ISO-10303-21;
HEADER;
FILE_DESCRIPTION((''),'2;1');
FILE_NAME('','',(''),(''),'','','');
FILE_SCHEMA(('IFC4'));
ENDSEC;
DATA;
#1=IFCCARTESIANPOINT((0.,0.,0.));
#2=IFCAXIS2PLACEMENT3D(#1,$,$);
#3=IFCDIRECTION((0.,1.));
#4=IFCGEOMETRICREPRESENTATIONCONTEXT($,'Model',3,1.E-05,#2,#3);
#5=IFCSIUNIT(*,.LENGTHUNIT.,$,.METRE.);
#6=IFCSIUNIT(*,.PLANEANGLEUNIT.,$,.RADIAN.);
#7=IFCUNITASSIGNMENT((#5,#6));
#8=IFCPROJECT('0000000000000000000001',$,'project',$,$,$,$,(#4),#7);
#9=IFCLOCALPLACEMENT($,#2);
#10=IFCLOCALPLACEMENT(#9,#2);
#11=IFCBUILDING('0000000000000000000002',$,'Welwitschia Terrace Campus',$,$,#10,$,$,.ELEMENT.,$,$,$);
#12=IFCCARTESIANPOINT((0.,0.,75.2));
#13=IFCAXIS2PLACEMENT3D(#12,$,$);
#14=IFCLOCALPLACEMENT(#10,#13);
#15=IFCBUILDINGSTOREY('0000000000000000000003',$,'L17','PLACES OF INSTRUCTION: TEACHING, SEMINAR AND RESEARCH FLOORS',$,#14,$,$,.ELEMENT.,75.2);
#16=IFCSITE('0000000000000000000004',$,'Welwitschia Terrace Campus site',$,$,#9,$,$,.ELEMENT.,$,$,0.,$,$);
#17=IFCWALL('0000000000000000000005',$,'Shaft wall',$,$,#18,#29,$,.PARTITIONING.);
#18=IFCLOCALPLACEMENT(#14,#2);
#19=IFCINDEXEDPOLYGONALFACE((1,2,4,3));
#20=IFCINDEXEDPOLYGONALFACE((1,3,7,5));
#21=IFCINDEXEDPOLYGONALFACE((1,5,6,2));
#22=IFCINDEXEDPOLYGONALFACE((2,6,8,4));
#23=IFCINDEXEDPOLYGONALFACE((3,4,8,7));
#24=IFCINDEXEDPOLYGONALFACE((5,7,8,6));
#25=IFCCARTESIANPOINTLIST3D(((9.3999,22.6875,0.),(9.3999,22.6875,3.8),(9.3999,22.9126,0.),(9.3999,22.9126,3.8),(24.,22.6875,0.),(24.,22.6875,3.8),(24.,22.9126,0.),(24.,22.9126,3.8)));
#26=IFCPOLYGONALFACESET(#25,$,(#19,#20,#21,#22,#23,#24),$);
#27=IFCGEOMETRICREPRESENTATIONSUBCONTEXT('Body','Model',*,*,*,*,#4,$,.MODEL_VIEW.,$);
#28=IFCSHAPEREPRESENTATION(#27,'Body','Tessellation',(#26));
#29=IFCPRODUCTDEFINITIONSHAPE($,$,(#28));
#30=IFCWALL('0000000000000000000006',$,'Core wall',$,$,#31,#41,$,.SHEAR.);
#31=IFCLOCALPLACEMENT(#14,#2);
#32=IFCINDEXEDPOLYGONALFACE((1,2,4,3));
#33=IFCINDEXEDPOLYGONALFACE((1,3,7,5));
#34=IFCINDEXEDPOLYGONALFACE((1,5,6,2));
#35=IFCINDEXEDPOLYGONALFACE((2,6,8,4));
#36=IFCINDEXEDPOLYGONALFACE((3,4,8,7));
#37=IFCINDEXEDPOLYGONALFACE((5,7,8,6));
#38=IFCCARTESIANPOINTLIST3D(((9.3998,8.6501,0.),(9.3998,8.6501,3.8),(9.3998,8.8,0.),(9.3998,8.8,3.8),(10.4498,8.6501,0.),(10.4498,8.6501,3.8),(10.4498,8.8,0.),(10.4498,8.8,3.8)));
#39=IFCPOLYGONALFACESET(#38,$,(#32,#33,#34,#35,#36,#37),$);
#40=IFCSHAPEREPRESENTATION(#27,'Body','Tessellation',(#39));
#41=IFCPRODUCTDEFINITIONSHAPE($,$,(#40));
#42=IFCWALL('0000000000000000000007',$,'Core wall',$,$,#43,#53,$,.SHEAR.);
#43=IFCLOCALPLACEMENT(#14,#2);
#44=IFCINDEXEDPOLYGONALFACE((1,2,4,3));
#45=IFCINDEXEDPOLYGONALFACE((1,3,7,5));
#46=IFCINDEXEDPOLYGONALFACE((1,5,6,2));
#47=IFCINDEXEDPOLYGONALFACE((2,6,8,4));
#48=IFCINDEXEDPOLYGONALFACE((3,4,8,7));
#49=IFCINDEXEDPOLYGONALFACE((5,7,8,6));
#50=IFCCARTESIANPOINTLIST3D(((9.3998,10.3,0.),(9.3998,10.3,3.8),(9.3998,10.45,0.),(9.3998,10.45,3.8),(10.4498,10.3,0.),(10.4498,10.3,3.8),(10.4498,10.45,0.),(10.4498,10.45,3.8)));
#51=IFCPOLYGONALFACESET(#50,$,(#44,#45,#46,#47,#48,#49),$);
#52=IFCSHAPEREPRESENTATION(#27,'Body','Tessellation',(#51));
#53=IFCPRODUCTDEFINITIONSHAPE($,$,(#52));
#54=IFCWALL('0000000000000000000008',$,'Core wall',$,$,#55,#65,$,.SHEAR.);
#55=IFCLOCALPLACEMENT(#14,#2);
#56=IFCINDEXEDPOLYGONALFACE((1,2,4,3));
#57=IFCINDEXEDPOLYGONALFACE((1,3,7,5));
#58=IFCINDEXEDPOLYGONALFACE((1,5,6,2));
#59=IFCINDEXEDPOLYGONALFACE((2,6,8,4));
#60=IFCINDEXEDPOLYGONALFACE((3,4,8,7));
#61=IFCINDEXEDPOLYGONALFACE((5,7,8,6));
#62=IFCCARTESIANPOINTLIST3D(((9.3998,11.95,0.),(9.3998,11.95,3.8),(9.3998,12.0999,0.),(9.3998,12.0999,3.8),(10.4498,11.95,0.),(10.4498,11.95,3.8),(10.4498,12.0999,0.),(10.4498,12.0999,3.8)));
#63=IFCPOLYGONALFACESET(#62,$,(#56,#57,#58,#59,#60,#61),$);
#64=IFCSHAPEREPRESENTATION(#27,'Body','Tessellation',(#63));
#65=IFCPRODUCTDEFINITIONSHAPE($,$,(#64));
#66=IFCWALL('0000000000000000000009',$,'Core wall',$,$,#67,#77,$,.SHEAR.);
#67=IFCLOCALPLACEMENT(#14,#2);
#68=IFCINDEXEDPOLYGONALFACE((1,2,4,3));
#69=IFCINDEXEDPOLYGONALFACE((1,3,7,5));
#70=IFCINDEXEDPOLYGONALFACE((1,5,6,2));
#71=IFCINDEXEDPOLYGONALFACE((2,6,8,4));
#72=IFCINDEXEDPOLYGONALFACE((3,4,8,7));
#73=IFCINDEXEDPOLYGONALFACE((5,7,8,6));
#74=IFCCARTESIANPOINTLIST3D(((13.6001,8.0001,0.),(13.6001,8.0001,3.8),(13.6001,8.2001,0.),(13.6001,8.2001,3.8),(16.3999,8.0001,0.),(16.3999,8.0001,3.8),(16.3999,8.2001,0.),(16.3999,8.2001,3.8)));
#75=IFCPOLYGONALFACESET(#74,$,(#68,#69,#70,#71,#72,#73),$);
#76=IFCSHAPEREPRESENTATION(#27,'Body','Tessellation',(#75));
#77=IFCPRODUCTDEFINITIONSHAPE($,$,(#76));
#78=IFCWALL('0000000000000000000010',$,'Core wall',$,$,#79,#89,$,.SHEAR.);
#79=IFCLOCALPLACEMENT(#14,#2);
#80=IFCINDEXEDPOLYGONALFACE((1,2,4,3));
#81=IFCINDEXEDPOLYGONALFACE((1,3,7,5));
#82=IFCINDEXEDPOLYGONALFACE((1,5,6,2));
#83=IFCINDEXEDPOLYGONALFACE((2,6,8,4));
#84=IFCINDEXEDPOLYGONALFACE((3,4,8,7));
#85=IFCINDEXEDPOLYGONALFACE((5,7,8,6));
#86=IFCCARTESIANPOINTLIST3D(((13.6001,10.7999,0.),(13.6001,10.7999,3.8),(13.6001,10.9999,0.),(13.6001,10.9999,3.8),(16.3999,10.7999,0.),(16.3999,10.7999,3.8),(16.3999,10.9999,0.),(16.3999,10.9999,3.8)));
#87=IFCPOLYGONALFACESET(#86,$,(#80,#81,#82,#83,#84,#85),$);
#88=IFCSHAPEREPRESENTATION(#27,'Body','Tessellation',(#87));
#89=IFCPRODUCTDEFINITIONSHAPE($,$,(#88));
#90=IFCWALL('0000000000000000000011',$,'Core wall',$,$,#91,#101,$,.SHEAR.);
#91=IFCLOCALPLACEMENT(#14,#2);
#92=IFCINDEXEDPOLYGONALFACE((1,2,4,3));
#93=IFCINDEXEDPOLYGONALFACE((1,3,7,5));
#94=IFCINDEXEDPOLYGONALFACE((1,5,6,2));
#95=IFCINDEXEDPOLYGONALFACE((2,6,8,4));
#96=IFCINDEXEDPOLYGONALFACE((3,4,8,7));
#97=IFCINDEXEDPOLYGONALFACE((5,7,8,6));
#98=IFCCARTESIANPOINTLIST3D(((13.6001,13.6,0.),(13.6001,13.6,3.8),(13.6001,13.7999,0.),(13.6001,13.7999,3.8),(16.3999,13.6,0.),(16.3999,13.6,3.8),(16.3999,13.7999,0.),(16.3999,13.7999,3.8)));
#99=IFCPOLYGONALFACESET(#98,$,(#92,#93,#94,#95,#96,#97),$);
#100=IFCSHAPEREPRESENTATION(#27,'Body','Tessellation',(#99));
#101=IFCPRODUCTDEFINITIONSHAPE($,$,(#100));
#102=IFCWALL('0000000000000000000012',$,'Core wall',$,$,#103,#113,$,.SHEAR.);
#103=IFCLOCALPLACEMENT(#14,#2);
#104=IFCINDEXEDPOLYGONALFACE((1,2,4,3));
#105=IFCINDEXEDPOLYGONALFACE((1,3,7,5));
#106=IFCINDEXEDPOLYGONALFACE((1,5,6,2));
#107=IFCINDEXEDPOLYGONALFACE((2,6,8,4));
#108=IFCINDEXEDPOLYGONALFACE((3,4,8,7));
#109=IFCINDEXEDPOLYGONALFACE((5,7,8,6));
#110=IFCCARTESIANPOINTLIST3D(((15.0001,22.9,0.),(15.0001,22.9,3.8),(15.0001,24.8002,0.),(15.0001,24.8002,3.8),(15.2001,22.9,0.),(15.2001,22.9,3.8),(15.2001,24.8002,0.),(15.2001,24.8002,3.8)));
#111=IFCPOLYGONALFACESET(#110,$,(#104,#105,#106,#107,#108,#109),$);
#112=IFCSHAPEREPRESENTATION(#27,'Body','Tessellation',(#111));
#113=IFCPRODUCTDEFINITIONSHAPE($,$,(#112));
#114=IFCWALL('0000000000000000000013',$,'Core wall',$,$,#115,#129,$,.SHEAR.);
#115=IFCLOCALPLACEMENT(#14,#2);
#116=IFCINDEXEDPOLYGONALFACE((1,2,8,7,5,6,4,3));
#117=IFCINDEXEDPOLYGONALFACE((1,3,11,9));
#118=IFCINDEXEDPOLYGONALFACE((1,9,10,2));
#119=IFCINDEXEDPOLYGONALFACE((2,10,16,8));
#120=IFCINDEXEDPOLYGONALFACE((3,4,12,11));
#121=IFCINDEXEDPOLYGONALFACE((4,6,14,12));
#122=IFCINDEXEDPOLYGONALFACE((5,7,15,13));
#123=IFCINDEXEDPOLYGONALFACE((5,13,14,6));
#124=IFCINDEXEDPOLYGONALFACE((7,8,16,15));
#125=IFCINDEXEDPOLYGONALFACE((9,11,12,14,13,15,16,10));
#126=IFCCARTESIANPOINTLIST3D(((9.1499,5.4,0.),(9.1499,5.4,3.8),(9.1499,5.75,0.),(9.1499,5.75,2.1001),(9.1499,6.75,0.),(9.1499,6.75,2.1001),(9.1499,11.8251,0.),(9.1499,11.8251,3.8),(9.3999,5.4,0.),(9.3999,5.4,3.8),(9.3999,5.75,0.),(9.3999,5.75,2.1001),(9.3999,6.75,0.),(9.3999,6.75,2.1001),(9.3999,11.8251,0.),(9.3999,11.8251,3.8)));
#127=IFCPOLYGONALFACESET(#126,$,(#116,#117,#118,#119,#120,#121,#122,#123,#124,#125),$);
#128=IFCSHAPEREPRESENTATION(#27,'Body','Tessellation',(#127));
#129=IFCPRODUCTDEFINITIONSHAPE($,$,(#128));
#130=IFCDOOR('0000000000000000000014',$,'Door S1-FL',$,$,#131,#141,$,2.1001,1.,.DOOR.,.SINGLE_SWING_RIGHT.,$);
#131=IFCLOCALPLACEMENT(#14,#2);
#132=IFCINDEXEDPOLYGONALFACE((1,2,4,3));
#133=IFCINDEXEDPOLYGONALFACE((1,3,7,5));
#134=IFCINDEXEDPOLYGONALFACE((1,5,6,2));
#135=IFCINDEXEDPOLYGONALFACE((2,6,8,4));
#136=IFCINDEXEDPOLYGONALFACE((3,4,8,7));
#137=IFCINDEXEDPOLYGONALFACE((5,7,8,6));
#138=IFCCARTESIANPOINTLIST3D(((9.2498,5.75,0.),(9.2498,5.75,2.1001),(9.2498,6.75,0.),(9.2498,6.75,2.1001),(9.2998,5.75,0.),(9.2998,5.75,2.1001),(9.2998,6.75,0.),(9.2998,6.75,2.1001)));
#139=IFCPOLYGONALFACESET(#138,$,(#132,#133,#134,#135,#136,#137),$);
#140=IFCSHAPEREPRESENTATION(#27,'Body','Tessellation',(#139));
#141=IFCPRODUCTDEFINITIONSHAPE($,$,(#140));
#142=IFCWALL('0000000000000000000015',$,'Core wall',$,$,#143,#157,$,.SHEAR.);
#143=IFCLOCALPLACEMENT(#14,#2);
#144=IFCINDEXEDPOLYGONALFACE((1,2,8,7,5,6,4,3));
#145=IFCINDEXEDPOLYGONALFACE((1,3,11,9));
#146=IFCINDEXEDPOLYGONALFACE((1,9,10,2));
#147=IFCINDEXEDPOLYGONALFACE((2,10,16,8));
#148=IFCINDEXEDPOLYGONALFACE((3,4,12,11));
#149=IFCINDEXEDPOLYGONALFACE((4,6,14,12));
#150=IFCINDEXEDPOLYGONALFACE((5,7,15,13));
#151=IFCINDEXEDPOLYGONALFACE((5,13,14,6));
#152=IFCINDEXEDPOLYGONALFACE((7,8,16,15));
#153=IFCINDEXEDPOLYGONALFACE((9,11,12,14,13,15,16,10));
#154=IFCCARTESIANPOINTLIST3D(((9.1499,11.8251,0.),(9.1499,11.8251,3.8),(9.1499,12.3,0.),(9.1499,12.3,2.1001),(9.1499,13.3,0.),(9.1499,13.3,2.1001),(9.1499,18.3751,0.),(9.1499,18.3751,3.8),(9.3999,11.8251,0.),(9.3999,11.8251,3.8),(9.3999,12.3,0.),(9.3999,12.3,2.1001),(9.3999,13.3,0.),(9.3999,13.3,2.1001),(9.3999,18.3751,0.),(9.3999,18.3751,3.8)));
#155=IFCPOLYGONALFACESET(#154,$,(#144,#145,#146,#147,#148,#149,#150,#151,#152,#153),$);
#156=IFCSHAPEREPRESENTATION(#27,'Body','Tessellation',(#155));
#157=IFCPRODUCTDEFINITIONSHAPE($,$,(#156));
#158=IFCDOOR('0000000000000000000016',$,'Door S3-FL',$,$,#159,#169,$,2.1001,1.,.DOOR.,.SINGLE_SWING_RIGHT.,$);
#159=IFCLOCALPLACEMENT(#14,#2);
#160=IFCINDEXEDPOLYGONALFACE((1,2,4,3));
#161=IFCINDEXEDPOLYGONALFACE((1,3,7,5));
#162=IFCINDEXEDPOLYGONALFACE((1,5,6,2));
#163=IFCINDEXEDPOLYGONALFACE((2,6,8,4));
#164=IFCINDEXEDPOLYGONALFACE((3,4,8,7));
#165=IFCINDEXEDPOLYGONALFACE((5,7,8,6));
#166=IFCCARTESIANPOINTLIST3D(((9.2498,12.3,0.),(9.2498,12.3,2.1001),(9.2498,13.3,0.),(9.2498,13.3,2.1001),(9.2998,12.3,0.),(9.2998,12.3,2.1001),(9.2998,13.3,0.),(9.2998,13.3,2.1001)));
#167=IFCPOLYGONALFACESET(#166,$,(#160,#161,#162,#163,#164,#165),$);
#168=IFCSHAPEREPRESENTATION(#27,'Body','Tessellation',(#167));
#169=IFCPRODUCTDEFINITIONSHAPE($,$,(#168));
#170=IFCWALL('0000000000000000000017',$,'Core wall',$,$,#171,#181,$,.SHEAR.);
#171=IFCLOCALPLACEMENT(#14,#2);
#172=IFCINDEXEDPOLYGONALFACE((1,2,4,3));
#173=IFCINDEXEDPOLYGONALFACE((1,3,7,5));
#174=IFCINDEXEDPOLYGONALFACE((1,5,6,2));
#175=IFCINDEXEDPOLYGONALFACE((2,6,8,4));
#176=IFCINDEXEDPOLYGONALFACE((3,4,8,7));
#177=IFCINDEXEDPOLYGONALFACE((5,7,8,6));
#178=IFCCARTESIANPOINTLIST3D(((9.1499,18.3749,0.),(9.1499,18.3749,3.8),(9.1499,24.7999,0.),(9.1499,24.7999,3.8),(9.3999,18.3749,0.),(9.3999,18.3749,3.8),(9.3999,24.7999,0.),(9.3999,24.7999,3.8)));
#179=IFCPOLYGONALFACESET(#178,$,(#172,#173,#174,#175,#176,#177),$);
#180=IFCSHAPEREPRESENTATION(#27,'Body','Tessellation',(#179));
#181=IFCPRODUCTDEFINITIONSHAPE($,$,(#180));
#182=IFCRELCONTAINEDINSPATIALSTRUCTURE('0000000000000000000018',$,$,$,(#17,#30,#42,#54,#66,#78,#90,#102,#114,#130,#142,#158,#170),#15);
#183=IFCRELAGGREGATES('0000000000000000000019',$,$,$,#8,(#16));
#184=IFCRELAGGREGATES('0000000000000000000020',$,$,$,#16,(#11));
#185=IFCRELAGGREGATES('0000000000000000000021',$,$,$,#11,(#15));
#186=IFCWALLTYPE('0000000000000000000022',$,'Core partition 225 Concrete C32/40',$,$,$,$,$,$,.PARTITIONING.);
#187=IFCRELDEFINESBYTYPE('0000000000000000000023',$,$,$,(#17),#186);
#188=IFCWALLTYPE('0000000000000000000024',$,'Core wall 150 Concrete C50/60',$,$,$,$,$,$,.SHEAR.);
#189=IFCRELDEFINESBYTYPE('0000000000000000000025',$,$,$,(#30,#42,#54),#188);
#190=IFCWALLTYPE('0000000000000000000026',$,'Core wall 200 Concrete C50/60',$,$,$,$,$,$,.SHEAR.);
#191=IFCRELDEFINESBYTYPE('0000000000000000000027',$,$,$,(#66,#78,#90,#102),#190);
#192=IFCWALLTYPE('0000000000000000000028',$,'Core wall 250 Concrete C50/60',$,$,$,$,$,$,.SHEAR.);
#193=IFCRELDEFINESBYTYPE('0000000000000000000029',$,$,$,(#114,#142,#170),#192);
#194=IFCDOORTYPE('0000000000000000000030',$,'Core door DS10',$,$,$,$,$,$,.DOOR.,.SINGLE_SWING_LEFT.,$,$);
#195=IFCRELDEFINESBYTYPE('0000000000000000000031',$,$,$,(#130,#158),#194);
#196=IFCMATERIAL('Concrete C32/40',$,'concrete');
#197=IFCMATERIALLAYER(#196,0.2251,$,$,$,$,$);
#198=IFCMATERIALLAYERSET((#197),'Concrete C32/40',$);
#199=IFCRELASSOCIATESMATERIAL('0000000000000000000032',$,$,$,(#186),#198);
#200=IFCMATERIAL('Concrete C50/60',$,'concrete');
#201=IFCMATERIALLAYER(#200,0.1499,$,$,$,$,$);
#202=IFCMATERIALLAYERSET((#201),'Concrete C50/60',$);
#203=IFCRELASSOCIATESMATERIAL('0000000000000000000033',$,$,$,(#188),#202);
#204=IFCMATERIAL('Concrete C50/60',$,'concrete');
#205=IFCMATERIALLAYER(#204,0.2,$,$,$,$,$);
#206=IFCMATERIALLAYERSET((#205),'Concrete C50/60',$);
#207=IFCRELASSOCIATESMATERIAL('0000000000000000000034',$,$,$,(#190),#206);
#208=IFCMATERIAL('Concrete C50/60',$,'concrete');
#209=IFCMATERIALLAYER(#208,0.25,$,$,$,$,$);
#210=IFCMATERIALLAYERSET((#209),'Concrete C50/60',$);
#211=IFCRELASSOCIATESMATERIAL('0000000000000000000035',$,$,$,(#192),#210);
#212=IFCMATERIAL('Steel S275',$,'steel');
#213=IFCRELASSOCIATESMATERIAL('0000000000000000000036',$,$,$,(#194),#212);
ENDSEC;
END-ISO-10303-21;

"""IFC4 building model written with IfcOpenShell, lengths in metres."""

from ifc_helpers import new_model, si_unit, direction, frame, frame_2d, origin, place, context, subcontext, project, spatial, rectangle, extrude, material, layer, layer_set, type_object, element, fill, save


model = new_model("IFC4")

# Units and contexts
model_context = context("Model", 3, precision=1e-05, world=origin(), true_north=direction((0.0, 1.0)))
body_context = subcontext(model_context, "Body", "Model", "MODEL_VIEW")
ifc_project = project(units=[si_unit("LENGTHUNIT", "METRE"), si_unit("PLANEANGLEUNIT", "RADIAN")], contexts=[model_context])

# Site, building, storey
site_placement = place(None, origin())
site = spatial("IfcSite", under=ifc_project, at=site_placement, Name="Welwitschia Terrace Campus site", CompositionType="ELEMENT", RefElevation=0.0)
building_placement = place(site_placement, origin())
building = spatial("IfcBuilding", under=site, at=building_placement, Name="Welwitschia Terrace Campus", CompositionType="ELEMENT")
storey_placement = place(building_placement, frame((0.0, 0.0, 75.2)))
storey = spatial("IfcBuildingStorey", under=building, at=storey_placement, Name="L17", Description="PLACES OF INSTRUCTION: TEACHING, SEMINAR AND RESEARCH FLOORS", CompositionType="ELEMENT", Elevation=75.2)

# Shared definitions
ifc_material_1 = material(Name="Concrete C32/40", Category="concrete")
ifc_layer_1 = layer(ifc_material_1, 0.2251)
ifc_layer_set_1 = layer_set([ifc_layer_1], Name="Concrete C32/40")
wall_type_1 = type_object("IfcWallType", Name="Core partition 225 Concrete C32/40", PredefinedType="PARTITIONING", material=ifc_layer_set_1)

# Walls
wall_1_placement = place(storey_placement, frame((9.3999, 22.8, 0.0), z_axis=(0.0, 0.0, 1.0), x_axis=(1.0, 0.0, 0.0)))
element("IfcWall", 1, at=wall_1_placement, inside=storey, type_object=wall_type_1, Name="Shaft wall", PredefinedType="PARTITIONING", context=body_context, shape_type="SweptSolid", body=[
    extrude(rectangle(XDim=14.6001, YDim=0.2251, at=frame_2d((7.3, 0.0))), origin(), (0.0, 0.0, 1.0), 3.8),
])
ifc_material_2 = material(Name="Concrete C50/60", Category="concrete")
ifc_layer_2 = layer(ifc_material_2, 0.1499)
ifc_layer_set_2 = layer_set([ifc_layer_2], Name="Concrete C50/60")
wall_type_2 = type_object("IfcWallType", Name="Core wall 150 Concrete C50/60", PredefinedType="SHEAR", material=ifc_layer_set_2)
for number, where, z_axis, x_axis, name in (
    (2, (9.3999, 8.7251, 0.0), (0.0, 0.0, 1.0), (1.0, 0.0, 0.0), "Core wall"),
    (3, (9.3999, 10.375, 0.0), (0.0, 0.0, 1.0), (1.0, 0.0, 0.0), "Core wall"),
    (4, (9.3999, 12.0249, 0.0), (0.0, 0.0, 1.0), (1.0, 0.0, 0.0), "Core wall"),
):
    element("IfcWall", number, at=place(storey_placement, frame(where, z_axis=z_axis, x_axis=x_axis)), inside=storey, type_object=wall_type_2, Name=name, PredefinedType="SHEAR", context=body_context, shape_type="SweptSolid", body=[
        extrude(rectangle(XDim=1.05, YDim=0.1499, at=frame_2d((0.5249, 0.0))), origin(), (0.0, 0.0, 1.0), 3.8),
    ])
ifc_material_3 = material(Name="Concrete C50/60", Category="concrete")
ifc_layer_3 = layer(ifc_material_3, 0.2)
ifc_layer_set_3 = layer_set([ifc_layer_3], Name="Concrete C50/60")
wall_type_3 = type_object("IfcWallType", Name="Core wall 200 Concrete C50/60", PredefinedType="SHEAR", material=ifc_layer_set_3)
for number, where, z_axis, x_axis, name in (
    (5, (13.6001, 8.1001, 0.0), (0.0, 0.0, 1.0), (1.0, 0.0, 0.0), "Core wall"),
    (6, (13.6001, 10.8999, 0.0), (0.0, 0.0, 1.0), (1.0, 0.0, 0.0), "Core wall"),
    (7, (13.6001, 13.7, 0.0), (0.0, 0.0, 1.0), (1.0, 0.0, 0.0), "Core wall"),
):
    element("IfcWall", number, at=place(storey_placement, frame(where, z_axis=z_axis, x_axis=x_axis)), inside=storey, type_object=wall_type_3, Name=name, PredefinedType="SHEAR", context=body_context, shape_type="SweptSolid", body=[
        extrude(rectangle(XDim=2.7998, YDim=0.2, at=frame_2d((1.3999, 0.0))), origin(), (0.0, 0.0, 1.0), 3.8),
    ])
wall_2_placement = place(storey_placement, frame((15.1001, 22.8999, 0.0), z_axis=(0.0, 0.0, 1.0), x_axis=(0.0, 1.0, 0.0)))
element("IfcWall", 8, at=wall_2_placement, inside=storey, type_object=wall_type_3, Name="Core wall", PredefinedType="SHEAR", context=body_context, shape_type="SweptSolid", body=[
    extrude(rectangle(XDim=1.9001, YDim=0.2, at=frame_2d((0.9502, 0.0))), origin(), (0.0, 0.0, 1.0), 3.8),
])

# Walls, openings, doors
ifc_material_4 = material(Name="Concrete C50/60", Category="concrete")
ifc_layer_4 = layer(ifc_material_4, 0.25)
ifc_layer_set_4 = layer_set([ifc_layer_4], Name="Concrete C50/60")
wall_type_4 = type_object("IfcWallType", Name="Core wall 250 Concrete C50/60", PredefinedType="SHEAR", material=ifc_layer_set_4)
wall_3_placement = place(storey_placement, frame((9.2749, 11.825, 0.0), z_axis=(0.0, 0.0, 1.0), x_axis=(0.0, -1.0, 0.0)))
wall_3 = element("IfcWall", 9, at=wall_3_placement, inside=storey, type_object=wall_type_4, Name="Core wall", PredefinedType="SHEAR", context=body_context, shape_type="SweptSolid", body=[
    extrude(rectangle(XDim=6.425, YDim=0.25, at=frame_2d((3.2124, 0.0))), origin(), (0.0, 0.0, 1.0), 3.8),
])
opening_1_placement = place(wall_3_placement, frame((5.075, 0.0, 0.0)))
opening_1 = element("IfcOpeningElement", 10, at=opening_1_placement, cuts=wall_3, PredefinedType="OPENING", context=body_context, shape_type="SweptSolid", body=[
    extrude(rectangle(XDim=1.0, YDim=2.1001, at=frame_2d((0.5, 1.05))), frame((0.0, 0.135, 0.0), z_axis=(0.0, -1.0, 0.0), x_axis=(1.0, 0.0, 0.0)), (0.0, 0.0, 1.0), 0.27),
])
ifc_material_5 = material(Name="Steel S275", Category="steel")
door_type_1 = type_object("IfcDoorType", Name="Core door DS10", OperationType="SINGLE_SWING_LEFT", PredefinedType="DOOR", material=ifc_material_5)
door_1_placement = place(opening_1_placement, origin())
door_1 = element("IfcDoor", 11, at=door_1_placement, inside=storey, type_object=door_type_1, Name="Door S1-FL", OperationType="SINGLE_SWING_RIGHT", OverallHeight=2.1001, OverallWidth=1.0, PredefinedType="DOOR", context=body_context, shape_type="SweptSolid", body=[
    extrude(rectangle(XDim=1.0, YDim=2.1001, at=frame_2d((0.5, 1.05))), frame((0.0, 0.0249, 0.0), z_axis=(0.0, -1.0, 0.0), x_axis=(1.0, 0.0, 0.0)), (0.0, 0.0, 1.0), 0.05),
])
fill(opening_1, door_1)
wall_4_placement = place(storey_placement, frame((9.2749, 18.375, 0.0), z_axis=(0.0, 0.0, 1.0), x_axis=(0.0, -1.0, 0.0)))
wall_4 = element("IfcWall", 12, at=wall_4_placement, inside=storey, type_object=wall_type_4, Name="Core wall", PredefinedType="SHEAR", context=body_context, shape_type="SweptSolid", body=[
    extrude(rectangle(XDim=6.55, YDim=0.25, at=frame_2d((3.2749, 0.0))), origin(), (0.0, 0.0, 1.0), 3.8),
])
opening_2_placement = place(wall_4_placement, frame((5.075, 0.0, 0.0)))
opening_2 = element("IfcOpeningElement", 13, at=opening_2_placement, cuts=wall_4, PredefinedType="OPENING", context=body_context, shape_type="SweptSolid", body=[
    extrude(rectangle(XDim=1.0, YDim=2.1001, at=frame_2d((0.5, 1.05))), frame((0.0, 0.135, 0.0), z_axis=(0.0, -1.0, 0.0), x_axis=(1.0, 0.0, 0.0)), (0.0, 0.0, 1.0), 0.27),
])
door_2_placement = place(opening_2_placement, origin())
door_2 = element("IfcDoor", 14, at=door_2_placement, inside=storey, type_object=door_type_1, Name="Door S3-FL", OperationType="SINGLE_SWING_RIGHT", OverallHeight=2.1001, OverallWidth=1.0, PredefinedType="DOOR", context=body_context, shape_type="SweptSolid", body=[
    extrude(rectangle(XDim=1.0, YDim=2.1001, at=frame_2d((0.5, 1.05))), frame((0.0, 0.0249, 0.0), z_axis=(0.0, -1.0, 0.0), x_axis=(1.0, 0.0, 0.0)), (0.0, 0.0, 1.0), 0.05),
])
fill(opening_2, door_2)

# Wall
wall_5_placement = place(storey_placement, frame((9.2749, 18.375, 0.0), z_axis=(0.0, 0.0, 1.0), x_axis=(0.0, 1.0, 0.0)))
element("IfcWall", 15, at=wall_5_placement, inside=storey, type_object=wall_type_4, Name="Core wall", PredefinedType="SHEAR", context=body_context, shape_type="SweptSolid", body=[
    extrude(rectangle(XDim=6.425, YDim=0.25, at=frame_2d((3.2124, 0.0))), origin(), (0.0, 0.0, 1.0), 3.8),
])

save(model, "model.ifc")
